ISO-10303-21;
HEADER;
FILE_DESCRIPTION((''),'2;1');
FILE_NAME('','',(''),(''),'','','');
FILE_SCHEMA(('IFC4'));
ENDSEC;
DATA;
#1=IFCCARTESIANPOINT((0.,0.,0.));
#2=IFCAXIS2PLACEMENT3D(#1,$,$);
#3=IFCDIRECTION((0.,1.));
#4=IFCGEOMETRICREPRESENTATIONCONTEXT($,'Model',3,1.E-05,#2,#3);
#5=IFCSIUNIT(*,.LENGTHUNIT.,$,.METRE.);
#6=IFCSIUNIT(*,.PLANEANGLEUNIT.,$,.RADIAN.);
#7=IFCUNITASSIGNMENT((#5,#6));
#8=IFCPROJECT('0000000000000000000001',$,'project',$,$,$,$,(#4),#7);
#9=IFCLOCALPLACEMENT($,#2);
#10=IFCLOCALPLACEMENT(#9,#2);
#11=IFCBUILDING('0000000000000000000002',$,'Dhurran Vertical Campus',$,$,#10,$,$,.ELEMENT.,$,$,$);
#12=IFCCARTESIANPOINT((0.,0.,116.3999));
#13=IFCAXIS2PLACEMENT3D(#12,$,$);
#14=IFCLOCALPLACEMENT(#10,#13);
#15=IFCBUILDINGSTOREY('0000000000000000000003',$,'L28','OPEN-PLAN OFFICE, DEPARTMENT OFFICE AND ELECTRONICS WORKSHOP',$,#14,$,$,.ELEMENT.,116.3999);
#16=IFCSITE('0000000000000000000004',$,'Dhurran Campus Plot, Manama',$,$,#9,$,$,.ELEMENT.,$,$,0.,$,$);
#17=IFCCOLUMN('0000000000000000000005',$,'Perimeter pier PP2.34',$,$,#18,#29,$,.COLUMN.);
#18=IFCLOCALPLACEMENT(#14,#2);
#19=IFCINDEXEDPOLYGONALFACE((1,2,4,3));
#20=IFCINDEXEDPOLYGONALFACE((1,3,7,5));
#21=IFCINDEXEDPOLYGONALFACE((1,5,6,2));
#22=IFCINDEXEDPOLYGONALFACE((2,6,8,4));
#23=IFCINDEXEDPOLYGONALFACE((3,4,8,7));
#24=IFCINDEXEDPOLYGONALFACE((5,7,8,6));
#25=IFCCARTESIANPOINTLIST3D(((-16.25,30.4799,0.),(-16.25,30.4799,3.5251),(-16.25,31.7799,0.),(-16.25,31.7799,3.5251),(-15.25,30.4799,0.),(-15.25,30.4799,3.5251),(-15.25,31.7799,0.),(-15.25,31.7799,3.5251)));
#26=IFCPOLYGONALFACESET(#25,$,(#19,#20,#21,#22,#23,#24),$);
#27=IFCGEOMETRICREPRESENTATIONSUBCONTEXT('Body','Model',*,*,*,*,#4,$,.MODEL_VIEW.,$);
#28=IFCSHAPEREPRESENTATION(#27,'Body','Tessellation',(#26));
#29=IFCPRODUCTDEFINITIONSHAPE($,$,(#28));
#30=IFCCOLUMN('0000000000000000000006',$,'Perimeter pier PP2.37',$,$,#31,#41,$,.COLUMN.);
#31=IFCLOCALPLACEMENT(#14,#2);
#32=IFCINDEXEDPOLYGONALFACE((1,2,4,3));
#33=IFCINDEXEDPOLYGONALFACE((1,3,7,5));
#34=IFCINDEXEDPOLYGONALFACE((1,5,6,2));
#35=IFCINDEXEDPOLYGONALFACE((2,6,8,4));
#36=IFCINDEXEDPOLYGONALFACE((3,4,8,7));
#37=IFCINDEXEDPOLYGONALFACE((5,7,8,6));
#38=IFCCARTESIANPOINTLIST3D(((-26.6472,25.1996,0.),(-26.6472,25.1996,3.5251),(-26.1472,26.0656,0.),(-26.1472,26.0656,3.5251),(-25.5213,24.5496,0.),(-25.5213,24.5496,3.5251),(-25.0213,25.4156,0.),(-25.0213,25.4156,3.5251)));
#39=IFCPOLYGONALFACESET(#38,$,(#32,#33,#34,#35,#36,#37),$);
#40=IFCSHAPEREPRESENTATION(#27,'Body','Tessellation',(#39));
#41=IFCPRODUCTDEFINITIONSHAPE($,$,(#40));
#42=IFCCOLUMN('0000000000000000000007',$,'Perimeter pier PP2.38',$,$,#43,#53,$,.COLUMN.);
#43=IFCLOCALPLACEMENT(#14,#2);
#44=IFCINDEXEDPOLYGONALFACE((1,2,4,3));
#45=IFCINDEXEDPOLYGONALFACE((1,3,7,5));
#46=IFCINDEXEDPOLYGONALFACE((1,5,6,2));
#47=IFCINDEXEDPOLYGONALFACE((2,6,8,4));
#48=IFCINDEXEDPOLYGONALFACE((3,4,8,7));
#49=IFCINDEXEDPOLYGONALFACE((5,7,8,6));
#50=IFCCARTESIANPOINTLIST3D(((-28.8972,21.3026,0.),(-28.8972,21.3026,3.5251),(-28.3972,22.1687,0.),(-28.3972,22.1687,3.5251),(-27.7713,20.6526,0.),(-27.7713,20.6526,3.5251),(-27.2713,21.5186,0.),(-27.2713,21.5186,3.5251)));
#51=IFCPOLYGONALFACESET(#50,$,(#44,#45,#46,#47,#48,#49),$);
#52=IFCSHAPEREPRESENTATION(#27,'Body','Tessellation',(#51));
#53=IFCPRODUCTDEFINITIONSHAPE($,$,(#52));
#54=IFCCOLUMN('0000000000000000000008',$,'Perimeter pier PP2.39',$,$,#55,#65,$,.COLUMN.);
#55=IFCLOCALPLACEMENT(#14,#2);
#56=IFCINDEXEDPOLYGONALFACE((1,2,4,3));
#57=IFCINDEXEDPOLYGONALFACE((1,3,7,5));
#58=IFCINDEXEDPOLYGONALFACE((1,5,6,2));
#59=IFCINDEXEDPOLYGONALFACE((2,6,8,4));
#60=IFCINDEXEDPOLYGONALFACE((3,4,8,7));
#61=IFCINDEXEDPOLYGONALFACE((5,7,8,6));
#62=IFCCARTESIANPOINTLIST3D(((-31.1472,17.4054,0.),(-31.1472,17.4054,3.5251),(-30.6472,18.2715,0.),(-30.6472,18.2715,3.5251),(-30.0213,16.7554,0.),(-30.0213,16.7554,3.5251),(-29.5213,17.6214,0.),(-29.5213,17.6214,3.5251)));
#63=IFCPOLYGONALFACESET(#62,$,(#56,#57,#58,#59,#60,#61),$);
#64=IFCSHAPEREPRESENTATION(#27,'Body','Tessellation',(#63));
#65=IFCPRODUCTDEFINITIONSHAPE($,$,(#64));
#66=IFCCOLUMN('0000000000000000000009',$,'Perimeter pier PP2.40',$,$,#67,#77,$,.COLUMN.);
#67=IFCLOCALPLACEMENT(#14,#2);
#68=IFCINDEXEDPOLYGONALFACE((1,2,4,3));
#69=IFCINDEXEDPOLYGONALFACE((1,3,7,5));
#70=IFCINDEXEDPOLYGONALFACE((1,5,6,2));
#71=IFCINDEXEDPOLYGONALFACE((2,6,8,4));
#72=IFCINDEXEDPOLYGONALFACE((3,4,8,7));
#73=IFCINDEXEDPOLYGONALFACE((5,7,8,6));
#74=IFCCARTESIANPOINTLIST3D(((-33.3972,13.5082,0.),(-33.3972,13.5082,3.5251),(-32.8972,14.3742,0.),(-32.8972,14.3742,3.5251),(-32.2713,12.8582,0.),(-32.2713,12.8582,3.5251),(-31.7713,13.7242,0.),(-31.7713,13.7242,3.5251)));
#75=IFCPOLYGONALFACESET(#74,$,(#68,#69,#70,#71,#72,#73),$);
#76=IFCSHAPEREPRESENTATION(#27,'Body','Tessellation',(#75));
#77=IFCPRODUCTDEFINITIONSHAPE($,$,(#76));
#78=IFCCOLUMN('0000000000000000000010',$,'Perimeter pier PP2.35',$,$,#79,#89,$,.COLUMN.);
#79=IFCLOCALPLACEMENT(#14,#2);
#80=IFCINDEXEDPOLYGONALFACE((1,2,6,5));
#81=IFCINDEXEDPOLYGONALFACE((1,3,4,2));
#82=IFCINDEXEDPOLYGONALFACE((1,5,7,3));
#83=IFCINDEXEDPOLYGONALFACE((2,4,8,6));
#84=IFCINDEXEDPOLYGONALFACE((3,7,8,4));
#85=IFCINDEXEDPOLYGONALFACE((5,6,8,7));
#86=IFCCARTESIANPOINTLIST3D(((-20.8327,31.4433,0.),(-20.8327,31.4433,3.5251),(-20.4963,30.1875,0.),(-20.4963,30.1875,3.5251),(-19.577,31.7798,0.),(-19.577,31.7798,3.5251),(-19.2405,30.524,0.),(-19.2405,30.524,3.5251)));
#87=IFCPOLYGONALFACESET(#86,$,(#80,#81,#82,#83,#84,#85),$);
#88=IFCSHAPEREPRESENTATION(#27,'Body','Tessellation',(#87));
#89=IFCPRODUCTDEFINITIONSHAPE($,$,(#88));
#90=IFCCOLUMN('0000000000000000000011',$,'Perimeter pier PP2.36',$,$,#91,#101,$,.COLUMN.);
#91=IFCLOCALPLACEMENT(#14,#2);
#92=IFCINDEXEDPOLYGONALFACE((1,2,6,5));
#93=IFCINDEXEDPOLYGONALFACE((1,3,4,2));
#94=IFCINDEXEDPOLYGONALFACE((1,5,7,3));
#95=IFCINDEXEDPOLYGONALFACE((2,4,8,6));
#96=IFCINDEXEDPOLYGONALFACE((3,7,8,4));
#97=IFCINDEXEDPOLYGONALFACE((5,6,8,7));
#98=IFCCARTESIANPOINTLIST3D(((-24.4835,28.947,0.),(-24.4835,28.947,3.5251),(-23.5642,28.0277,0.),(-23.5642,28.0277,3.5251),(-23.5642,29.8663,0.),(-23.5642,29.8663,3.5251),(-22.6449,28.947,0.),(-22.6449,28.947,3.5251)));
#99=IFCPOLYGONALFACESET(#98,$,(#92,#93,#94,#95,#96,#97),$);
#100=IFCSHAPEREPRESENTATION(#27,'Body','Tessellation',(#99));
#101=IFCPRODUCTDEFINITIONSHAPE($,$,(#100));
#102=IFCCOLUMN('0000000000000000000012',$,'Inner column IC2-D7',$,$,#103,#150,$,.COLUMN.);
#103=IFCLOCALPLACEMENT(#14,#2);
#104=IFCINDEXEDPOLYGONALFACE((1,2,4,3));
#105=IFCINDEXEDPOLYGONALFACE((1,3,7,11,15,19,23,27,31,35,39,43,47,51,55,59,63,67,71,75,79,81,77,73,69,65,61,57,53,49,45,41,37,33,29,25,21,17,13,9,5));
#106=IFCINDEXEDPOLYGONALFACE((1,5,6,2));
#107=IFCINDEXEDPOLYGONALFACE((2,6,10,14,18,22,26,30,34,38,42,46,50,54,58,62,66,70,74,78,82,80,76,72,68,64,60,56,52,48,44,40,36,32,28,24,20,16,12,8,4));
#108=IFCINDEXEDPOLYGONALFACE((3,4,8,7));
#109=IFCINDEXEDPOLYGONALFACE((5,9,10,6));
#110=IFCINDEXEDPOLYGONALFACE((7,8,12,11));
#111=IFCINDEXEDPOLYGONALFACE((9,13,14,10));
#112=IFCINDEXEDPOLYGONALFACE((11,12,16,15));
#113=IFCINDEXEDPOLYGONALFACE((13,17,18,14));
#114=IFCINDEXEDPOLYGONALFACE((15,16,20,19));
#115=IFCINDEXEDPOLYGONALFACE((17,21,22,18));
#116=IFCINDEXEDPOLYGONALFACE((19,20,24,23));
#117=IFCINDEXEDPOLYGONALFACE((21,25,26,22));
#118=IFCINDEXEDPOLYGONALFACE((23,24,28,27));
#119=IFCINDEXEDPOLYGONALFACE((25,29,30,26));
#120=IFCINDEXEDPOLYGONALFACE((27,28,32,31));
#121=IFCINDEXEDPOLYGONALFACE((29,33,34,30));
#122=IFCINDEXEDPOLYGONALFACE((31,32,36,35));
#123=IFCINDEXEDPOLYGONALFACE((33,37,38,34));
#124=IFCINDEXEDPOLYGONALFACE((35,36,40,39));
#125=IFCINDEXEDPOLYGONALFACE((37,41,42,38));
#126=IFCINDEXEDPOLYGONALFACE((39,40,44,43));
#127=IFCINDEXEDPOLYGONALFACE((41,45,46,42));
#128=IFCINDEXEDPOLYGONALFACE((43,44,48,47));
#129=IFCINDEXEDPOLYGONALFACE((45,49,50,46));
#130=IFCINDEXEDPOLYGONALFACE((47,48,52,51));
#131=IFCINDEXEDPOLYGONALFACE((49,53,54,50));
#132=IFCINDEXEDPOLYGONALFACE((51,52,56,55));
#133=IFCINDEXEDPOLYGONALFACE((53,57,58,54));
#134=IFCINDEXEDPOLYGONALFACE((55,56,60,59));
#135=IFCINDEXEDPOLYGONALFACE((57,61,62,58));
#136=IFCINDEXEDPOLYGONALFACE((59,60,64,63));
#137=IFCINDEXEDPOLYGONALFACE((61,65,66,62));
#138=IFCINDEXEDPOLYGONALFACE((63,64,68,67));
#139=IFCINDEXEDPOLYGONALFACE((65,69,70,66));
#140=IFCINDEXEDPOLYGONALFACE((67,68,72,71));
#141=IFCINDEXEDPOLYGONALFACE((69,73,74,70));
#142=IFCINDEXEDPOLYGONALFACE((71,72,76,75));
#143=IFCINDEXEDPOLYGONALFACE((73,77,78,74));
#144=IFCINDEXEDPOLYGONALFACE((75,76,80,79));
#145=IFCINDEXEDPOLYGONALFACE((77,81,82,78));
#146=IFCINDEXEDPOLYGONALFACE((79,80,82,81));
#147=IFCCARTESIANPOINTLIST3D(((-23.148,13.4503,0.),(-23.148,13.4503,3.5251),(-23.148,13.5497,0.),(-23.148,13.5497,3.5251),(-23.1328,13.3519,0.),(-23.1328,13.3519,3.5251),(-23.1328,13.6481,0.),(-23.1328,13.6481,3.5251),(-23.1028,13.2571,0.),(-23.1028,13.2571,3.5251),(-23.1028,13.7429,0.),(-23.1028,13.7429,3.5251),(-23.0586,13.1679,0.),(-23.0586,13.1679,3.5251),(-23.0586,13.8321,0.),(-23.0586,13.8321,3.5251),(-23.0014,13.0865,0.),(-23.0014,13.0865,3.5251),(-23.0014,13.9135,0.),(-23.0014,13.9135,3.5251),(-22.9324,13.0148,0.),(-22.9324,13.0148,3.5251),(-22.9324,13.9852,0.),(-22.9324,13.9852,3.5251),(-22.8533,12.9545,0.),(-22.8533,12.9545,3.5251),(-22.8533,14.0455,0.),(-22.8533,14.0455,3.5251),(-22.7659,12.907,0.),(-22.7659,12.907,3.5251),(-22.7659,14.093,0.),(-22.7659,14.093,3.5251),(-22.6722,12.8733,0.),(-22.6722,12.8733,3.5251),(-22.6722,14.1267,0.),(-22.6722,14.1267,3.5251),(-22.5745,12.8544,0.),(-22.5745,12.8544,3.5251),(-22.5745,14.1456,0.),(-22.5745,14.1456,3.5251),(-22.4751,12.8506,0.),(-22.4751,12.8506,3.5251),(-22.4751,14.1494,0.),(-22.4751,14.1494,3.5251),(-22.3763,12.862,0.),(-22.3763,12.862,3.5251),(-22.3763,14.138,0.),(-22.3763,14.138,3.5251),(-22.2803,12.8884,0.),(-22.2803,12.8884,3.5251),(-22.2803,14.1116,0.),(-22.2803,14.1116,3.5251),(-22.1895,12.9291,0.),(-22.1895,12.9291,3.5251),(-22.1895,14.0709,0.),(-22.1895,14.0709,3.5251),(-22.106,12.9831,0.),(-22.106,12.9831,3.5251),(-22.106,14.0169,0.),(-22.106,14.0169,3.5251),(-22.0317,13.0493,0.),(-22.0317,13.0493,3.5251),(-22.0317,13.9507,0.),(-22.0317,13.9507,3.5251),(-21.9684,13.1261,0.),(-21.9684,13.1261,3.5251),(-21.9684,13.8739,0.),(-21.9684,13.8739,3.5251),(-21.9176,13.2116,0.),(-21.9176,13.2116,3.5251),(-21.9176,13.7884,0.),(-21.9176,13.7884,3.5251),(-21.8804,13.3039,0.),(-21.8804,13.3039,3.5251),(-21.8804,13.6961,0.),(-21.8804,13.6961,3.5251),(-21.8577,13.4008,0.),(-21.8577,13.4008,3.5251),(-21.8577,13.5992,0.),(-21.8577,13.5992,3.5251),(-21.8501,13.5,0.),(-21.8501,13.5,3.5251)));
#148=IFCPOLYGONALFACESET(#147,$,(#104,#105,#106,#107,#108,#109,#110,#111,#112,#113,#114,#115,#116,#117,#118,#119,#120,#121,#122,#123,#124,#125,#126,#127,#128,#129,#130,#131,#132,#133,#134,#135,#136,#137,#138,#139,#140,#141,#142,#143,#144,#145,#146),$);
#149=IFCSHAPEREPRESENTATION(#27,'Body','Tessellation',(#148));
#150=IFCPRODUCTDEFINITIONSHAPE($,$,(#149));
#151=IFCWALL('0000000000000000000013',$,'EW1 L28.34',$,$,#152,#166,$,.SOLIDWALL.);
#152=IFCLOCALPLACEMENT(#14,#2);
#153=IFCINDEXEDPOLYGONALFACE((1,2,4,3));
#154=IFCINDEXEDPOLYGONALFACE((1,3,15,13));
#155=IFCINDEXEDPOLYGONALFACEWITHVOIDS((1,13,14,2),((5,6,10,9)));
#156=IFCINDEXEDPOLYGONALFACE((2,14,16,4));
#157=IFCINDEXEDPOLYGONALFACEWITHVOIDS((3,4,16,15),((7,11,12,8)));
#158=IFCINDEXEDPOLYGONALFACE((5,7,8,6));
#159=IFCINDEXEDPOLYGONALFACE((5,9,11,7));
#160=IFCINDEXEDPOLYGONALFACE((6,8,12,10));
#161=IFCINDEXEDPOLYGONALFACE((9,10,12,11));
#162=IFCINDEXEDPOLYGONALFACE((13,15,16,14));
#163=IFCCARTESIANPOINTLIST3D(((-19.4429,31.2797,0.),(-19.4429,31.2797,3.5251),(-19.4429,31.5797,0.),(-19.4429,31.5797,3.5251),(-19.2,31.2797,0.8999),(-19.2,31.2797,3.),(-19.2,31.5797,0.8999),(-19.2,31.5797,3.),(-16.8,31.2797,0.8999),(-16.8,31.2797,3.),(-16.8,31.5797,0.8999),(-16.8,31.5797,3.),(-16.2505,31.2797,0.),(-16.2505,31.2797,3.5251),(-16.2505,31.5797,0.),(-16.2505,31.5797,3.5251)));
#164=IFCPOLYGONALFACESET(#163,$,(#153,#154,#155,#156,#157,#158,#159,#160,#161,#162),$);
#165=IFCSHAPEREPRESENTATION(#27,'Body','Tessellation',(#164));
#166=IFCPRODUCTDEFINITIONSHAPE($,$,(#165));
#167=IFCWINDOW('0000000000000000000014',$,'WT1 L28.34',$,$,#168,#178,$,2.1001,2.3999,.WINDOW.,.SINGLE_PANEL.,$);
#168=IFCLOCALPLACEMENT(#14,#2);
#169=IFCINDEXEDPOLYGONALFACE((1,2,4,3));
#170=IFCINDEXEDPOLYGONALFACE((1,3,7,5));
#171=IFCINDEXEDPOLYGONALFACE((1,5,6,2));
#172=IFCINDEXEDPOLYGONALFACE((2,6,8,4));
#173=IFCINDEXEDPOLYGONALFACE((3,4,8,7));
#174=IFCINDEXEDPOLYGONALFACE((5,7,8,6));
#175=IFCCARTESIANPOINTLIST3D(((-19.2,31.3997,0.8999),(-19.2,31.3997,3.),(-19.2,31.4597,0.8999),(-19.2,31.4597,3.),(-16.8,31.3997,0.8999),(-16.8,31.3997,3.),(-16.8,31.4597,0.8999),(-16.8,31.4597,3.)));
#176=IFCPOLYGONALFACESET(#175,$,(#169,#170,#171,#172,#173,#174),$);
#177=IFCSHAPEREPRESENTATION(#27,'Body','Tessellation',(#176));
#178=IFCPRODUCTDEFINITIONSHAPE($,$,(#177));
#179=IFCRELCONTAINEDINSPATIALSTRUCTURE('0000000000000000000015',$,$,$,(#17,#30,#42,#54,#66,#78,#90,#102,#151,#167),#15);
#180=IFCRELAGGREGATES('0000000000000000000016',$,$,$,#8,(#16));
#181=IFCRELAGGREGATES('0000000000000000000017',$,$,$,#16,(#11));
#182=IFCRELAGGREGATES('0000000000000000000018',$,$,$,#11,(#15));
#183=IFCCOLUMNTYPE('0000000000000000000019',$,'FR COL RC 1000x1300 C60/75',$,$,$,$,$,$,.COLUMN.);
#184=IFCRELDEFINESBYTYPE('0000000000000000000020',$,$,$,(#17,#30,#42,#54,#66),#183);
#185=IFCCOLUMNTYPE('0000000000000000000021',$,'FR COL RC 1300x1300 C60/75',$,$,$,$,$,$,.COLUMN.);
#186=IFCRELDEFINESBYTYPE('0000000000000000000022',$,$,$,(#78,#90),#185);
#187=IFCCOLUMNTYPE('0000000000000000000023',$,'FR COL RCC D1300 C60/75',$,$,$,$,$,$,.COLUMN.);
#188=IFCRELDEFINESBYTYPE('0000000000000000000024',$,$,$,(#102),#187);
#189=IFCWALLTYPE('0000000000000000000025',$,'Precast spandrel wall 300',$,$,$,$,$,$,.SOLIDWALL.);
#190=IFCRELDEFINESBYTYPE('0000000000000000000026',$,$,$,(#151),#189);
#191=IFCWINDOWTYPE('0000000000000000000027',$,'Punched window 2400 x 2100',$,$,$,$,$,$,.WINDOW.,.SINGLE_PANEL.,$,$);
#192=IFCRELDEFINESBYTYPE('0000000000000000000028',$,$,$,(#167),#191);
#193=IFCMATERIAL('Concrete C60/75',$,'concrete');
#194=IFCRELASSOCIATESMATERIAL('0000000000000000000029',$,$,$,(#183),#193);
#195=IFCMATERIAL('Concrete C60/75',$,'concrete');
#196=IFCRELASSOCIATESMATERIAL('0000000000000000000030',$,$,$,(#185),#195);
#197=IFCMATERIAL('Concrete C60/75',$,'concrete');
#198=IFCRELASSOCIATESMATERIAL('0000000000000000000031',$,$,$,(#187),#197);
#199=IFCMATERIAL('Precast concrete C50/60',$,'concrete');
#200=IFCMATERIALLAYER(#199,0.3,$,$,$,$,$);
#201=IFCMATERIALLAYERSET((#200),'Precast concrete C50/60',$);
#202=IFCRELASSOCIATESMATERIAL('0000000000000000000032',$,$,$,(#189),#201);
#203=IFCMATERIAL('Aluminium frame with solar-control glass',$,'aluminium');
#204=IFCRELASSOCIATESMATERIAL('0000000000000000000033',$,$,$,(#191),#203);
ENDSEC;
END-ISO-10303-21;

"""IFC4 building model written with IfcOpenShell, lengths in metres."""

from ifc_helpers import new_model, si_unit, direction, frame, frame_2d, origin, origin_2d, place, context, subcontext, project, spatial, rectangle, circle, extrude, material, layer, layer_set, material_profile, profile_set, type_object, element, fill, save


model = new_model("IFC4")

# Units and contexts
model_context = context("Model", 3, precision=1e-05, world=origin(), true_north=direction((0.0, 1.0)))
body_context = subcontext(model_context, "Body", "Model", "MODEL_VIEW")
ifc_project = project(units=[si_unit("LENGTHUNIT", "METRE"), si_unit("PLANEANGLEUNIT", "RADIAN")], contexts=[model_context])

# Site, building, storey
site_placement = place(None, origin())
site = spatial("IfcSite", under=ifc_project, at=site_placement, Name="Dhurran Campus Plot, Manama", CompositionType="ELEMENT", RefElevation=0.0)
building_placement = place(site_placement, origin())
building = spatial("IfcBuilding", under=site, at=building_placement, Name="Dhurran Vertical Campus", CompositionType="ELEMENT")
storey_placement = place(building_placement, frame((0.0, 0.0, 116.3999)))
storey = spatial("IfcBuildingStorey", under=building, at=storey_placement, Name="L28", Description="OPEN-PLAN OFFICE, DEPARTMENT OFFICE AND ELECTRONICS WORKSHOP", CompositionType="ELEMENT", Elevation=116.3999)

# Columns
ifc_material_1 = material(Name="Concrete C60/75", Category="concrete")
ifc_material_profile_1 = material_profile(ifc_material_1, rectangle(XDim=1.0, YDim=1.3, at=origin_2d()), Name="RC 1000x1300")
ifc_profile_set_1 = profile_set([ifc_material_profile_1], Name="Concrete C60/75")
column_type_1 = type_object("IfcColumnType", Name="FR COL RC 1000x1300 C60/75", PredefinedType="COLUMN", material=ifc_profile_set_1)
for number, where, z_axis, x_axis, name in (
    (1, (-15.75, 31.1299, 0.0), (0.0, 0.0, 1.0), (-1.0, 0.0, 0.0), "Perimeter pier PP2.34"),
    (2, (-25.8342, 25.3076, 0.0), (0.0, 0.0, 1.0), (-0.5, -0.866025, 0.0), "Perimeter pier PP2.37"),
    (3, (-28.0842, 21.4106, 0.0), (0.0, 0.0, 1.0), (-0.5, -0.866025, 0.0), "Perimeter pier PP2.38"),
    (4, (-30.3342, 17.5134, 0.0), (0.0, 0.0, 1.0), (-0.5, -0.866025, 0.0), "Perimeter pier PP2.39"),
    (5, (-32.5842, 13.6162, 0.0), (0.0, 0.0, 1.0), (-0.5, -0.866025, 0.0), "Perimeter pier PP2.40"),
):
    element("IfcColumn", number, at=place(storey_placement, frame(where, z_axis=z_axis, x_axis=x_axis)), inside=storey, type_object=column_type_1, Name=name, PredefinedType="COLUMN", context=body_context, shape_type="SweptSolid", body=[
        extrude(rectangle(XDim=1.0, YDim=1.3, at=origin_2d()), origin(), (0.0, 0.0, 1.0), 3.5251),
    ])
ifc_material_2 = material(Name="Concrete C60/75", Category="concrete")
ifc_material_profile_2 = material_profile(ifc_material_2, rectangle(XDim=1.3, YDim=1.3, at=origin_2d()), Name="RC 1300x1300")
ifc_profile_set_2 = profile_set([ifc_material_profile_2], Name="Concrete C60/75")
column_type_2 = type_object("IfcColumnType", Name="FR COL RC 1300x1300 C60/75", PredefinedType="COLUMN", material=ifc_profile_set_2)
for number, where, z_axis, x_axis, name in (
    (6, (-20.0366, 30.9836, 0.0), (0.0, 0.0, 1.0), (-0.965926, -0.258819, 0.0), "Perimeter pier PP2.35"),
    (7, (-23.5642, 28.947, 0.0), (0.0, 0.0, 1.0), (-0.707107, -0.707107, 0.0), "Perimeter pier PP2.36"),
):
    element("IfcColumn", number, at=place(storey_placement, frame(where, z_axis=z_axis, x_axis=x_axis)), inside=storey, type_object=column_type_2, Name=name, PredefinedType="COLUMN", context=body_context, shape_type="SweptSolid", body=[
        extrude(rectangle(XDim=1.3, YDim=1.3, at=origin_2d()), origin(), (0.0, 0.0, 1.0), 3.5251),
    ])
ifc_material_3 = material(Name="Concrete C60/75", Category="concrete")
ifc_material_profile_3 = material_profile(ifc_material_3, circle(Radius=0.6499, at=origin_2d()), Name="RCC D1300")
ifc_profile_set_3 = profile_set([ifc_material_profile_3], Name="Concrete C60/75")
column_type_3 = type_object("IfcColumnType", Name="FR COL RCC D1300 C60/75", PredefinedType="COLUMN", material=ifc_profile_set_3)
column_placement = place(storey_placement, frame((-22.5, 13.5, 0.0), z_axis=(0.0, 0.0, 1.0), x_axis=(1.0, 0.0, 0.0)))
element("IfcColumn", 8, at=column_placement, inside=storey, type_object=column_type_3, Name="Inner column IC2-D7", PredefinedType="COLUMN", context=body_context, shape_type="SweptSolid", body=[
    extrude(circle(Radius=0.6499, at=origin_2d()), origin(), (0.0, 0.0, 1.0), 3.5251),
])

# Wall, opening, window
ifc_material_4 = material(Name="Precast concrete C50/60", Category="concrete")
ifc_layer_1 = layer(ifc_material_4, 0.3)
ifc_layer_set_1 = layer_set([ifc_layer_1], Name="Precast concrete C50/60")
wall_type_1 = type_object("IfcWallType", Name="Precast spandrel wall 300", PredefinedType="SOLIDWALL", material=ifc_layer_set_1)
wall_1_placement = place(storey_placement, frame((-16.2505, 31.4297, 0.0), z_axis=(0.0, 0.0, 1.0), x_axis=(-1.0, 0.0, 0.0)))
wall_1 = element("IfcWall", 9, at=wall_1_placement, inside=storey, type_object=wall_type_1, Name="EW1 L28.34", PredefinedType="SOLIDWALL", context=body_context, shape_type="SweptSolid", body=[
    extrude(rectangle(XDim=3.1924, YDim=0.3, at=frame_2d((1.5962, 0.0))), origin(), (0.0, 0.0, 1.0), 3.5251),
])
opening_1_placement = place(wall_1_placement, frame((0.5496, 0.0, 0.8999)))
opening_1 = element("IfcOpeningElement", 10, at=opening_1_placement, cuts=wall_1, PredefinedType="OPENING", context=body_context, shape_type="SweptSolid", body=[
    extrude(rectangle(XDim=2.3999, YDim=2.1001, at=frame_2d((1.2, 1.05))), frame((0.0, 0.1599, 0.0), z_axis=(0.0, -1.0, 0.0), x_axis=(1.0, 0.0, 0.0)), (0.0, 0.0, 1.0), 0.3201),
])
ifc_material_5 = material(Name="Aluminium frame with solar-control glass", Category="aluminium")
window_type = type_object("IfcWindowType", Name="Punched window 2400 x 2100", PartitioningType="SINGLE_PANEL", PredefinedType="WINDOW", material=ifc_material_5)
window_1_placement = place(opening_1_placement, origin())
window_1 = element("IfcWindow", 11, at=window_1_placement, inside=storey, type_object=window_type, Name="WT1 L28.34", OverallHeight=2.1001, OverallWidth=2.3999, PartitioningType="SINGLE_PANEL", PredefinedType="WINDOW", context=body_context, shape_type="SweptSolid", body=[
    extrude(rectangle(XDim=2.3999, YDim=2.1001, at=frame_2d((1.2, 1.05))), frame((0.0, 0.03, 0.0), z_axis=(0.0, -1.0, 0.0), x_axis=(1.0, 0.0, 0.0)), (0.0, 0.0, 1.0), 0.0601),
])
fill(opening_1, window_1)

save(model, "model.ifc")
